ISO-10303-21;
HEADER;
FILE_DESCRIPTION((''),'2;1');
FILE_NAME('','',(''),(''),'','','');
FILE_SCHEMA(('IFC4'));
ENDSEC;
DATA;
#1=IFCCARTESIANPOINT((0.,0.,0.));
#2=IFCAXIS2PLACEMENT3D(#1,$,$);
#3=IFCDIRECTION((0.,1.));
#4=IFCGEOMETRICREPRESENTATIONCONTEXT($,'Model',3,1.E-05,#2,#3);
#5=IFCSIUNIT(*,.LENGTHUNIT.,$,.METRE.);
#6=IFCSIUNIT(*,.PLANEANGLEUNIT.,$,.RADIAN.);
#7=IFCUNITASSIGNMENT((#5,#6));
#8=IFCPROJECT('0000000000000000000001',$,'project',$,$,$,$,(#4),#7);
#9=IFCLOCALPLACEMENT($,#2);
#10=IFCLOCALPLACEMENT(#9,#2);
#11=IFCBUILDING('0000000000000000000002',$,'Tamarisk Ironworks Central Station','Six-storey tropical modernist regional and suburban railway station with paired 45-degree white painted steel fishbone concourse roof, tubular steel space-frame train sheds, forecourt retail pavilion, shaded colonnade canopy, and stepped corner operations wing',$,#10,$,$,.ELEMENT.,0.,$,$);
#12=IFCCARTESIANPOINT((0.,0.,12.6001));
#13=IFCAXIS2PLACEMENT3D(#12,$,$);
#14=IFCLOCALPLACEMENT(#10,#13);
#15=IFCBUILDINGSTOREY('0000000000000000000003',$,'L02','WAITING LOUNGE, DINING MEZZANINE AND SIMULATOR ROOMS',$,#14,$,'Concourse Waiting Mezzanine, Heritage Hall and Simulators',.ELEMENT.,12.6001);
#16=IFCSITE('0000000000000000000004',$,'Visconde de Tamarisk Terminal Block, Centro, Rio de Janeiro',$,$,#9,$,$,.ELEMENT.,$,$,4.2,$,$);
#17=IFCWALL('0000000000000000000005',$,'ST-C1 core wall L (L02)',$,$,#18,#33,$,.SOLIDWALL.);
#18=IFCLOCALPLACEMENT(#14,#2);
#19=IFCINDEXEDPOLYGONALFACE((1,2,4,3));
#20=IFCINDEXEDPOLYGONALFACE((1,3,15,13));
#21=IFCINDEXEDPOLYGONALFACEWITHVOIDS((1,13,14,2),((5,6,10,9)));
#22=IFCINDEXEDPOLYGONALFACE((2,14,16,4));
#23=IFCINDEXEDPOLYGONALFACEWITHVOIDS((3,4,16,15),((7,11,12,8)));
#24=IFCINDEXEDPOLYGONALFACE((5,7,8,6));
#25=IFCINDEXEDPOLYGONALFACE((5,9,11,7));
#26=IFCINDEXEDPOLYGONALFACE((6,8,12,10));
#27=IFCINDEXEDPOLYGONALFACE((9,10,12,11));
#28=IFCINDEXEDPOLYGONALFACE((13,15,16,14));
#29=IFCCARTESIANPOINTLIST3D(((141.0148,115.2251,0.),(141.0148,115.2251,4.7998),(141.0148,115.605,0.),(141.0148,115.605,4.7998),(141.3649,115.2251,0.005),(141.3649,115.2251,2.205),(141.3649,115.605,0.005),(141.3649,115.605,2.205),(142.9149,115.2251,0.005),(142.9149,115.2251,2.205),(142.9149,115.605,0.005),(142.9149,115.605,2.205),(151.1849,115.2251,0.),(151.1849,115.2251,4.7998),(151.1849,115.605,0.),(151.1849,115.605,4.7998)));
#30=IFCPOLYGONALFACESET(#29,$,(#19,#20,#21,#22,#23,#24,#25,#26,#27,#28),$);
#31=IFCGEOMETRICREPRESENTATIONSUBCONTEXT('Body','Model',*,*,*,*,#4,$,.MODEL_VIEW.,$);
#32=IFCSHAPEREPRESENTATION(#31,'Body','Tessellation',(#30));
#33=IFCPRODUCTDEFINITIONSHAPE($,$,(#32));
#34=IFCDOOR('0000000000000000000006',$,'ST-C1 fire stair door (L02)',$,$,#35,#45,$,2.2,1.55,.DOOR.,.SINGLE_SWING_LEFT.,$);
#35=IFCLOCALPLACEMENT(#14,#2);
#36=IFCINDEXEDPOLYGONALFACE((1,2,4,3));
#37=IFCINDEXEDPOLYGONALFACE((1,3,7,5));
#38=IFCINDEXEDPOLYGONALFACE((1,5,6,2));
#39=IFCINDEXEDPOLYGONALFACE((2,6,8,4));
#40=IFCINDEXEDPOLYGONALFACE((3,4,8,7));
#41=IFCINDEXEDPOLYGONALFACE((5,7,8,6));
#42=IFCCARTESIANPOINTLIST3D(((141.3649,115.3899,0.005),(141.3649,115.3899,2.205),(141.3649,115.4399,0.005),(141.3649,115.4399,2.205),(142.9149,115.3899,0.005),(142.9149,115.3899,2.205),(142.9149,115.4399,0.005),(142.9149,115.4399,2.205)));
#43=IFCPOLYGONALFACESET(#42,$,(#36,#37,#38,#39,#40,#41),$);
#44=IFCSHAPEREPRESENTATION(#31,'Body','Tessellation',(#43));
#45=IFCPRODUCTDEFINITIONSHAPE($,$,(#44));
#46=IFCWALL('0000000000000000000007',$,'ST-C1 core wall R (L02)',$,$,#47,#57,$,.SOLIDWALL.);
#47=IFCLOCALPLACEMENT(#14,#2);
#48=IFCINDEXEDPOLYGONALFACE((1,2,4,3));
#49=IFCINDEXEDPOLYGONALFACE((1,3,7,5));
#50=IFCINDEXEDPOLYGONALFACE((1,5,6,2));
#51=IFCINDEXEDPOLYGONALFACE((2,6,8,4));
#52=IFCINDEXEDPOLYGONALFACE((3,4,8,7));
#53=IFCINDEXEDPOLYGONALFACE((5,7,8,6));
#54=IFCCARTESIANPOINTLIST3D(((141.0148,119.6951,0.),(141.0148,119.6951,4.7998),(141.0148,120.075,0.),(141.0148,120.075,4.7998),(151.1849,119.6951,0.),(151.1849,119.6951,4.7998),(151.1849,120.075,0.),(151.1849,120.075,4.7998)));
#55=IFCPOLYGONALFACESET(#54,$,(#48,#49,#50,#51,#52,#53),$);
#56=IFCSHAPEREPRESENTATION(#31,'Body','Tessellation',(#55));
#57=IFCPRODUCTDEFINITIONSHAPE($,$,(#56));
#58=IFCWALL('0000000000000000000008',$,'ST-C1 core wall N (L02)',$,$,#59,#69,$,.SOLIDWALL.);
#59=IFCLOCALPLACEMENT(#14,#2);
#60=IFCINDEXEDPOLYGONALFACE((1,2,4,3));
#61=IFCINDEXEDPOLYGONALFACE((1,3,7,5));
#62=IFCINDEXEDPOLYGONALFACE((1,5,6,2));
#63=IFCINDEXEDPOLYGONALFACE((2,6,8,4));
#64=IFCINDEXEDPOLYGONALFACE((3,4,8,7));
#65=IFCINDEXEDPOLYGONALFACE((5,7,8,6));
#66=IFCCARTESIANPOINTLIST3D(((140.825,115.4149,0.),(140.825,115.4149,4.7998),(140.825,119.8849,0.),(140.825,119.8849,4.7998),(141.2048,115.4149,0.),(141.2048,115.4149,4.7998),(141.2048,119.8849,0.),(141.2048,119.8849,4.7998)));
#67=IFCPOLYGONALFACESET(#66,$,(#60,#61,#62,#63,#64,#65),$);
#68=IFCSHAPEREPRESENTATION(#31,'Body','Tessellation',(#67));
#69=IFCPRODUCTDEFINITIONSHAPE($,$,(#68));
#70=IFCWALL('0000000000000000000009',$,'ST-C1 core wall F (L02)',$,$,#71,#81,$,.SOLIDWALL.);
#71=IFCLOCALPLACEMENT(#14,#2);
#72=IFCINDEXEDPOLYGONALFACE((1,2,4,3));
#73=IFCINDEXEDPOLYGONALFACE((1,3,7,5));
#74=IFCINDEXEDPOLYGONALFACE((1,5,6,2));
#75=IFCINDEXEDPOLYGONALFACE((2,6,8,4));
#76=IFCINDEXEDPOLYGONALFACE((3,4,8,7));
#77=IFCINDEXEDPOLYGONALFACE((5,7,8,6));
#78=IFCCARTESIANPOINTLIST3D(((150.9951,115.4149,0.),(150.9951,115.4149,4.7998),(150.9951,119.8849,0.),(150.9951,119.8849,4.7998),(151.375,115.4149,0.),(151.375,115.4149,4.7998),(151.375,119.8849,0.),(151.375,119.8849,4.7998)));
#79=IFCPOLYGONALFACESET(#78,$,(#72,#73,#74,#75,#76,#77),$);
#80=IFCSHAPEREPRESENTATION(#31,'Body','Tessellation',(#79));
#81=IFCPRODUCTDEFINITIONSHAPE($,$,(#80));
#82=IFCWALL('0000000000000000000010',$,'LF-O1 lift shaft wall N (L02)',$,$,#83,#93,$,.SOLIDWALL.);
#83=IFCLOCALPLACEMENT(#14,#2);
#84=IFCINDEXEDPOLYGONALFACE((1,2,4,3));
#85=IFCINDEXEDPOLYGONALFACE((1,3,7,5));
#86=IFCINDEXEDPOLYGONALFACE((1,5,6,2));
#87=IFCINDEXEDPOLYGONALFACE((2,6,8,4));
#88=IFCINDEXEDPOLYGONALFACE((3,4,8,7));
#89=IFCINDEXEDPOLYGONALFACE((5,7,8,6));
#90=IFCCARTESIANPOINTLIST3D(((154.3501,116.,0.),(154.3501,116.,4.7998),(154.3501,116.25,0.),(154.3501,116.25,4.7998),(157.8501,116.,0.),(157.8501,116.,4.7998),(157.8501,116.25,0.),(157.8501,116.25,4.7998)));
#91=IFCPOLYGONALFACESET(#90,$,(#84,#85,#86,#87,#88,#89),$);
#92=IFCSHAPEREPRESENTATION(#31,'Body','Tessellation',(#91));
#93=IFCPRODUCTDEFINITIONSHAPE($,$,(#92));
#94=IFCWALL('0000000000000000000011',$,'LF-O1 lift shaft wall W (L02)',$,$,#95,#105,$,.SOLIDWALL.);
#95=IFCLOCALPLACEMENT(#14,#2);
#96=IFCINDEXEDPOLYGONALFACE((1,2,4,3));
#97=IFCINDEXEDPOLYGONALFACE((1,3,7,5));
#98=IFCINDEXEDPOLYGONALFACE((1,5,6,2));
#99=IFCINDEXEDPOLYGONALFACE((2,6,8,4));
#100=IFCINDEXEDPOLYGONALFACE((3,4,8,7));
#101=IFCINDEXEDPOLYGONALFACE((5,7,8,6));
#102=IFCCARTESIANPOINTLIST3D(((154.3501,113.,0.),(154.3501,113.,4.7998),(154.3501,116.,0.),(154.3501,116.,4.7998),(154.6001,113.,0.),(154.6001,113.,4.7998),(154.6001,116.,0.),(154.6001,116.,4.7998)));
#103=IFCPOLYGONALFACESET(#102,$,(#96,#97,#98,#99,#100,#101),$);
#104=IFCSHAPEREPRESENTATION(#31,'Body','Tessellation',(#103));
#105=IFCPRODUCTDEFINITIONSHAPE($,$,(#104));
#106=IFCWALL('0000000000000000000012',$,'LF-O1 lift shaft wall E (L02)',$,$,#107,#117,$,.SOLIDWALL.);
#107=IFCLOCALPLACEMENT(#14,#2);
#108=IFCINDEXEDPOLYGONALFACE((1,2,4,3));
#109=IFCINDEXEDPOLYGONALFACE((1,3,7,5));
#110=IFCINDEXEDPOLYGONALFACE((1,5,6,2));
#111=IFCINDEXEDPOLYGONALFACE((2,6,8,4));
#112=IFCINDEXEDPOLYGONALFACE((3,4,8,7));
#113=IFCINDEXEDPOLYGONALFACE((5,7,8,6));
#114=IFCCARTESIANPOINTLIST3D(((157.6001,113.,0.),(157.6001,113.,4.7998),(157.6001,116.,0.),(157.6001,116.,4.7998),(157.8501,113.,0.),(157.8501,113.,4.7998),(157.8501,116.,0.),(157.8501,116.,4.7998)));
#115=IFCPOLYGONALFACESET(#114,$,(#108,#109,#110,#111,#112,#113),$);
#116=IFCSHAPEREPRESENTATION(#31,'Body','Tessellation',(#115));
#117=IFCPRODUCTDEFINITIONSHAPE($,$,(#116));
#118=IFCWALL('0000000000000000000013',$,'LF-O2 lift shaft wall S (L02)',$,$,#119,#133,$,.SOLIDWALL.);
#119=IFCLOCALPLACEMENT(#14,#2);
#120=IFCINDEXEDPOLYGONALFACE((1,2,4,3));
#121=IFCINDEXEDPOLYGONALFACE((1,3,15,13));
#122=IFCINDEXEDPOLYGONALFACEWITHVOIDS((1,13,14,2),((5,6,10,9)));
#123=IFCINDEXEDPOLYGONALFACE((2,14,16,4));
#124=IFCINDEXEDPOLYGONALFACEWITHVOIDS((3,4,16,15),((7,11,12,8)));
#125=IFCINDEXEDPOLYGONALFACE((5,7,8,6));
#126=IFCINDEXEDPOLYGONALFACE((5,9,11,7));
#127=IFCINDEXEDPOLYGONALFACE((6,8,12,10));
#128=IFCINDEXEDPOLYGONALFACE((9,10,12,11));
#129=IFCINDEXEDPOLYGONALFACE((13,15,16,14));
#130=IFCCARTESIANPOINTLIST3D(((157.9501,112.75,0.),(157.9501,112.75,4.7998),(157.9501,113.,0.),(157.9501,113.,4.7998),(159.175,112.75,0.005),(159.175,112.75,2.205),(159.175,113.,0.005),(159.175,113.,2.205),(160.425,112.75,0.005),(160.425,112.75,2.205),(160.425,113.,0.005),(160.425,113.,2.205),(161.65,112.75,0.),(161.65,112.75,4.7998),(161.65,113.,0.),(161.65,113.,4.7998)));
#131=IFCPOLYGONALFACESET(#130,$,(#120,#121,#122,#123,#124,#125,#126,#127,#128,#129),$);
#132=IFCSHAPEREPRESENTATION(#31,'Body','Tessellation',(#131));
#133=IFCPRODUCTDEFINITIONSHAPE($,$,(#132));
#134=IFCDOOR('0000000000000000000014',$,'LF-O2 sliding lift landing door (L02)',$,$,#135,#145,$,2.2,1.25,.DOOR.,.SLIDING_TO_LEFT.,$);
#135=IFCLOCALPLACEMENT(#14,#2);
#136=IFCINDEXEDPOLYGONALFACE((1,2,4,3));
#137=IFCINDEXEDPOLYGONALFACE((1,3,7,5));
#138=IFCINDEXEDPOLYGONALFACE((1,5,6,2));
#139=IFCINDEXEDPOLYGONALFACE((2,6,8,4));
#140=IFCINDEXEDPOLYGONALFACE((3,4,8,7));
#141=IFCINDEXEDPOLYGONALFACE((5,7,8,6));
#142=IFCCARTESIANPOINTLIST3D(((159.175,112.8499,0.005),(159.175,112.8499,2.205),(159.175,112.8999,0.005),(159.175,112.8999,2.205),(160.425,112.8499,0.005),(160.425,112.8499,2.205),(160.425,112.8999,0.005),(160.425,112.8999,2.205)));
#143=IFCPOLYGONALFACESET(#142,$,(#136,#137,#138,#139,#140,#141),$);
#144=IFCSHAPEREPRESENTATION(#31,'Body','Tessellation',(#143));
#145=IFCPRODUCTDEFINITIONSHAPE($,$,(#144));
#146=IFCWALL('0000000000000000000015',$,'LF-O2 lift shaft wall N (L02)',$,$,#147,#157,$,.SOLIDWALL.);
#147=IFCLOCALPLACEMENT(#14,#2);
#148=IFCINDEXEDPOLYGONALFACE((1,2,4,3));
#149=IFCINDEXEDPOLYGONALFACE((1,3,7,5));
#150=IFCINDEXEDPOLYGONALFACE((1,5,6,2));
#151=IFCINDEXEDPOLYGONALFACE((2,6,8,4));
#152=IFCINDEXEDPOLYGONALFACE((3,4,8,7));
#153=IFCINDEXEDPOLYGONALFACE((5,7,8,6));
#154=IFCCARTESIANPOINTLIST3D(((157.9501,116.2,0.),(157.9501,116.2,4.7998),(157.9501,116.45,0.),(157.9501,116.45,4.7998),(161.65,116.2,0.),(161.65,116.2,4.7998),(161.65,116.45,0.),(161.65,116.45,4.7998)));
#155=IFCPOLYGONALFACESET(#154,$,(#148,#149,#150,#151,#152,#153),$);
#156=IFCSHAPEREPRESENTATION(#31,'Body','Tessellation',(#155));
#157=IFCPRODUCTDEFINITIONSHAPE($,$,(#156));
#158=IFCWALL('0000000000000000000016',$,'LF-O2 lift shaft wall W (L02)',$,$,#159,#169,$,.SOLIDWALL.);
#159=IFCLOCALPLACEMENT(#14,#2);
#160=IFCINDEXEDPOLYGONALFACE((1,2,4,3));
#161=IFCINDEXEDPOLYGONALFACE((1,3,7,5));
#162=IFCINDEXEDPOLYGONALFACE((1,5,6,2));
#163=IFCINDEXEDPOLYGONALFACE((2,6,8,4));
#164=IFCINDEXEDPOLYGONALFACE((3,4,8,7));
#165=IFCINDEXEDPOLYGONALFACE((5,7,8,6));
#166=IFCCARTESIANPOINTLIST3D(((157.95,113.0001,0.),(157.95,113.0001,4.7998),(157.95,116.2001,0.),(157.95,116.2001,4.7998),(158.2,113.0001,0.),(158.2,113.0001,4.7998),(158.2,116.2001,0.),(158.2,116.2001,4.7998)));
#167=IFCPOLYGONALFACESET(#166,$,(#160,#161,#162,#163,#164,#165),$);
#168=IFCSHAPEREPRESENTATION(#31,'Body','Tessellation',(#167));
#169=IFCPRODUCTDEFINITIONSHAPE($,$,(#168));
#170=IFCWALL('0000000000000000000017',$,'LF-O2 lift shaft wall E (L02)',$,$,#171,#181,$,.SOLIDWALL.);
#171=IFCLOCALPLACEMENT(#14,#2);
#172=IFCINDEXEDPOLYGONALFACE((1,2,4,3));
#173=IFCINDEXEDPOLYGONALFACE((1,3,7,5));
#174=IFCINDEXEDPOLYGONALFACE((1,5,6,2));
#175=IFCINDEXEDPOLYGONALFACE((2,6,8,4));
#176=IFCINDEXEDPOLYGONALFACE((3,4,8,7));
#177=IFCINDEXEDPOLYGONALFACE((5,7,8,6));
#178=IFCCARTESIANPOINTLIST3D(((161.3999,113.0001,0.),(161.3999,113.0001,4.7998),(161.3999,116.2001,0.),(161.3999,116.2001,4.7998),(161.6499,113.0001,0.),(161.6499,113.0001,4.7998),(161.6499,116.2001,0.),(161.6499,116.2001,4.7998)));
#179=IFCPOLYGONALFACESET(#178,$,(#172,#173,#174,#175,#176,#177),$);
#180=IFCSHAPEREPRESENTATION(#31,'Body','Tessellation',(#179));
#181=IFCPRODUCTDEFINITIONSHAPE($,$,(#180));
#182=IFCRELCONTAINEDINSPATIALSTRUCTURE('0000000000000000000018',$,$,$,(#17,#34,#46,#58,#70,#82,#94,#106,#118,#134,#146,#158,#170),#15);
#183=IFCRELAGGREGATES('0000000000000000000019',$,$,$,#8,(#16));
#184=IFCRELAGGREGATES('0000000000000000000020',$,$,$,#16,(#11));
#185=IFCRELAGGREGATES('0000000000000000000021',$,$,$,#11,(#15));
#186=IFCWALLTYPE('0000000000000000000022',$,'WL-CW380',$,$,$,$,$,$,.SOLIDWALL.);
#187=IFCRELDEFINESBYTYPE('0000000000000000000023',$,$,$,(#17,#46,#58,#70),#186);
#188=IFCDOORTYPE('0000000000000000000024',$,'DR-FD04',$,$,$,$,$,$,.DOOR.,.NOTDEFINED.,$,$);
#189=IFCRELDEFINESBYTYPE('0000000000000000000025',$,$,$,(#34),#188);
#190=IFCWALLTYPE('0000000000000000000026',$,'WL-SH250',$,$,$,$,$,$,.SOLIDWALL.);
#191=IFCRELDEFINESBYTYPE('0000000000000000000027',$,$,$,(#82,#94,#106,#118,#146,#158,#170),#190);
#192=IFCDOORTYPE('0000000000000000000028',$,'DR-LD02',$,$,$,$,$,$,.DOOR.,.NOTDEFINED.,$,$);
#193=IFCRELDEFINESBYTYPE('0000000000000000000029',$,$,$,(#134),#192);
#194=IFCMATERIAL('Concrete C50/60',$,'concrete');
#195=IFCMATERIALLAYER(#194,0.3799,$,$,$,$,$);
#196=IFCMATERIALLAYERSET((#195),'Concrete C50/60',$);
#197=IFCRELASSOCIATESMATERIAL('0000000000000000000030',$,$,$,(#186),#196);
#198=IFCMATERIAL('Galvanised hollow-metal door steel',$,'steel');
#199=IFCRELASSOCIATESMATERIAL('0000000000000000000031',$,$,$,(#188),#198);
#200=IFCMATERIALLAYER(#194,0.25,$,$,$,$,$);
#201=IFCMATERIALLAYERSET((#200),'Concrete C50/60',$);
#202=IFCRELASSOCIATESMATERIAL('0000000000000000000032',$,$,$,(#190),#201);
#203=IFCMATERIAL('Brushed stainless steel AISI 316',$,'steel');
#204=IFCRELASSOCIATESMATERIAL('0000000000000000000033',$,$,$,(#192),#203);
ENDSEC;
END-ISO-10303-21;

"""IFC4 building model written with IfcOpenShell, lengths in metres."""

from ifc_helpers import new_model, si_unit, direction, frame, frame_2d, origin, place, context, subcontext, project, spatial, rectangle, extrude, material, layer, layer_set, type_object, element, fill, save


model = new_model("IFC4")

# Units and contexts
model_context = context("Model", 3, precision=1e-05, world=origin(), true_north=direction((0.0, 1.0)))
body_context = subcontext(model_context, "Body", "Model", "MODEL_VIEW")
ifc_project = project(units=[si_unit("LENGTHUNIT", "METRE"), si_unit("PLANEANGLEUNIT", "RADIAN")], contexts=[model_context])

# Site, building, storey
site_placement = place(None, origin())
site = spatial("IfcSite", under=ifc_project, at=site_placement, Name="Visconde de Tamarisk Terminal Block, Centro, Rio de Janeiro", CompositionType="ELEMENT", RefElevation=4.2)
building_placement = place(site_placement, origin())
building = spatial("IfcBuilding", under=site, at=building_placement, Name="Tamarisk Ironworks Central Station", Description="Six-storey tropical modernist regional and suburban railway station with paired 45-degree white painted steel fishbone concourse roof, tubular steel space-frame train sheds, forecourt retail pavilion, shaded colonnade canopy, and stepped corner operations wing", CompositionType="ELEMENT", ElevationOfRefHeight=0.0)
storey_placement = place(building_placement, frame((0.0, 0.0, 12.6001)))
storey = spatial("IfcBuildingStorey", under=building, at=storey_placement, Name="L02", Description="WAITING LOUNGE, DINING MEZZANINE AND SIMULATOR ROOMS", LongName="Concourse Waiting Mezzanine, Heritage Hall and Simulators", CompositionType="ELEMENT", Elevation=12.6001)

# Wall, opening, door
ifc_material_1 = material(Name="Concrete C50/60", Category="concrete")
ifc_layer_1 = layer(ifc_material_1, 0.3799)
ifc_layer_set_1 = layer_set([ifc_layer_1], Name="Concrete C50/60")
wall_type_1 = type_object("IfcWallType", Name="WL-CW380", PredefinedType="SOLIDWALL", material=ifc_layer_set_1)
wall_1_placement = place(storey_placement, frame((141.0149, 115.415, 0.0), z_axis=(0.0, 0.0, 1.0), x_axis=(1.0, 0.0, 0.0)))
wall_1 = element("IfcWall", 1, at=wall_1_placement, inside=storey, type_object=wall_type_1, Name="ST-C1 core wall L (L02)", PredefinedType="SOLIDWALL", context=body_context, shape_type="SweptSolid", body=[
    extrude(rectangle(XDim=10.1702, YDim=0.3799, at=frame_2d((5.085, 0.0))), origin(), (0.0, 0.0, 1.0), 4.7998),
])
opening_1_placement = place(wall_1_placement, frame((0.3501, 0.0, 0.0049)))
opening_1 = element("IfcOpeningElement", 2, at=opening_1_placement, cuts=wall_1, PredefinedType="OPENING", context=body_context, shape_type="SweptSolid", body=[
    extrude(rectangle(XDim=1.55, YDim=2.2, at=frame_2d((0.7749, 1.1001))), frame((0.0, 0.2019, 0.0), z_axis=(0.0, -1.0, 0.0), x_axis=(1.0, 0.0, 0.0)), (0.0, 0.0, 1.0), 0.4038),
])
ifc_material_2 = material(Name="Galvanised hollow-metal door steel", Category="steel")
door_type_1 = type_object("IfcDoorType", Name="DR-FD04", OperationType="NOTDEFINED", PredefinedType="DOOR", material=ifc_material_2)
door_1_placement = place(opening_1_placement, origin())
door_1 = element("IfcDoor", 3, at=door_1_placement, inside=storey, type_object=door_type_1, Name="ST-C1 fire stair door (L02)", OperationType="SINGLE_SWING_LEFT", OverallHeight=2.2, OverallWidth=1.55, PredefinedType="DOOR", context=body_context, shape_type="SweptSolid", body=[
    extrude(rectangle(XDim=1.55, YDim=2.2, at=frame_2d((0.7749, 1.1001))), frame((0.0, 0.0249, 0.0), z_axis=(0.0, -1.0, 0.0), x_axis=(1.0, 0.0, 0.0)), (0.0, 0.0, 1.0), 0.05),
])
fill(opening_1, door_1)

# Walls
wall_2_placement = place(storey_placement, frame((141.0149, 119.885, 0.0), z_axis=(0.0, 0.0, 1.0), x_axis=(1.0, 0.0, 0.0)))
element("IfcWall", 4, at=wall_2_placement, inside=storey, type_object=wall_type_1, Name="ST-C1 core wall R (L02)", PredefinedType="SOLIDWALL", context=body_context, shape_type="SweptSolid", body=[
    extrude(rectangle(XDim=10.1702, YDim=0.3799, at=frame_2d((5.085, 0.0))), origin(), (0.0, 0.0, 1.0), 4.7998),
])
for number, where, z_axis, x_axis, name in (
    (5, (141.0149, 115.415, 0.0), (0.0, 0.0, 1.0), (0.0, 1.0, 0.0), "ST-C1 core wall N (L02)"),
    (6, (151.1851, 115.415, 0.0), (0.0, 0.0, 1.0), (0.0, 1.0, 0.0), "ST-C1 core wall F (L02)"),
):
    element("IfcWall", number, at=place(storey_placement, frame(where, z_axis=z_axis, x_axis=x_axis)), inside=storey, type_object=wall_type_1, Name=name, PredefinedType="SOLIDWALL", context=body_context, shape_type="SweptSolid", body=[
        extrude(rectangle(XDim=4.47, YDim=0.3799, at=frame_2d((2.2349, 0.0))), origin(), (0.0, 0.0, 1.0), 4.7998),
    ])
ifc_layer_2 = layer(ifc_material_1, 0.25)
ifc_layer_set_2 = layer_set([ifc_layer_2], Name="Concrete C50/60")
wall_type_2 = type_object("IfcWallType", Name="WL-SH250", PredefinedType="SOLIDWALL", material=ifc_layer_set_2)
wall_3_placement = place(storey_placement, frame((154.3501, 116.125, 0.0), z_axis=(0.0, 0.0, 1.0), x_axis=(1.0, 0.0, 0.0)))
element("IfcWall", 7, at=wall_3_placement, inside=storey, type_object=wall_type_2, Name="LF-O1 lift shaft wall N (L02)", PredefinedType="SOLIDWALL", context=body_context, shape_type="SweptSolid", body=[
    extrude(rectangle(XDim=3.5, YDim=0.25, at=frame_2d((1.75, 0.0))), origin(), (0.0, 0.0, 1.0), 4.7998),
])
for number, where, z_axis, x_axis, name in (
    (8, (154.4751, 113.0, 0.0), (0.0, 0.0, 1.0), (0.0, 1.0, 0.0), "LF-O1 lift shaft wall W (L02)"),
    (9, (157.7251, 113.0, 0.0), (0.0, 0.0, 1.0), (0.0, 1.0, 0.0), "LF-O1 lift shaft wall E (L02)"),
):
    element("IfcWall", number, at=place(storey_placement, frame(where, z_axis=z_axis, x_axis=x_axis)), inside=storey, type_object=wall_type_2, Name=name, PredefinedType="SOLIDWALL", context=body_context, shape_type="SweptSolid", body=[
        extrude(rectangle(XDim=3.0, YDim=0.25, at=frame_2d((1.5, 0.0))), origin(), (0.0, 0.0, 1.0), 4.7998),
    ])

# Wall, opening, door
wall_4_placement = place(storey_placement, frame((157.95, 112.875, 0.0), z_axis=(0.0, 0.0, 1.0), x_axis=(1.0, 0.0, 0.0)))
wall_4 = element("IfcWall", 10, at=wall_4_placement, inside=storey, type_object=wall_type_2, Name="LF-O2 lift shaft wall S (L02)", PredefinedType="SOLIDWALL", context=body_context, shape_type="SweptSolid", body=[
    extrude(rectangle(XDim=3.7, YDim=0.25, at=frame_2d((1.8501, 0.0))), origin(), (0.0, 0.0, 1.0), 4.7998),
])
opening_2_placement = place(wall_4_placement, frame((1.2251, 0.0, 0.0049)))
opening_2 = element("IfcOpeningElement", 11, at=opening_2_placement, cuts=wall_4, PredefinedType="OPENING", context=body_context, shape_type="SweptSolid", body=[
    extrude(rectangle(XDim=1.25, YDim=2.2, at=frame_2d((0.625, 1.1001))), frame((0.0, 0.137, 0.0), z_axis=(0.0, -1.0, 0.0), x_axis=(1.0, 0.0, 0.0)), (0.0, 0.0, 1.0), 0.2739),
])
ifc_material_3 = material(Name="Brushed stainless steel AISI 316", Category="steel")
door_type_2 = type_object("IfcDoorType", Name="DR-LD02", OperationType="NOTDEFINED", PredefinedType="DOOR", material=ifc_material_3)
door_2_placement = place(opening_2_placement, origin())
door_2 = element("IfcDoor", 12, at=door_2_placement, inside=storey, type_object=door_type_2, Name="LF-O2 sliding lift landing door (L02)", OperationType="SLIDING_TO_LEFT", OverallHeight=2.2, OverallWidth=1.25, PredefinedType="DOOR", context=body_context, shape_type="SweptSolid", body=[
    extrude(rectangle(XDim=1.25, YDim=2.2, at=frame_2d((0.625, 1.1001))), frame((0.0, 0.0249, 0.0), z_axis=(0.0, -1.0, 0.0), x_axis=(1.0, 0.0, 0.0)), (0.0, 0.0, 1.0), 0.05),
])
fill(opening_2, door_2)

# Walls
wall_5_placement = place(storey_placement, frame((157.95, 116.325, 0.0), z_axis=(0.0, 0.0, 1.0), x_axis=(1.0, 0.0, 0.0)))
element("IfcWall", 13, at=wall_5_placement, inside=storey, type_object=wall_type_2, Name="LF-O2 lift shaft wall N (L02)", PredefinedType="SOLIDWALL", context=body_context, shape_type="SweptSolid", body=[
    extrude(rectangle(XDim=3.7, YDim=0.25, at=frame_2d((1.8501, 0.0))), origin(), (0.0, 0.0, 1.0), 4.7998),
])
for number, where, z_axis, x_axis, name in (
    (14, (158.075, 113.0, 0.0), (0.0, 0.0, 1.0), (0.0, 1.0, 0.0), "LF-O2 lift shaft wall W (L02)"),
    (15, (161.5249, 113.0, 0.0), (0.0, 0.0, 1.0), (0.0, 1.0, 0.0), "LF-O2 lift shaft wall E (L02)"),
):
    element("IfcWall", number, at=place(storey_placement, frame(where, z_axis=z_axis, x_axis=x_axis)), inside=storey, type_object=wall_type_2, Name=name, PredefinedType="SOLIDWALL", context=body_context, shape_type="SweptSolid", body=[
        extrude(rectangle(XDim=3.2, YDim=0.25, at=frame_2d((1.6001, 0.0))), origin(), (0.0, 0.0, 1.0), 4.7998),
    ])

save(model, "model.ifc")
